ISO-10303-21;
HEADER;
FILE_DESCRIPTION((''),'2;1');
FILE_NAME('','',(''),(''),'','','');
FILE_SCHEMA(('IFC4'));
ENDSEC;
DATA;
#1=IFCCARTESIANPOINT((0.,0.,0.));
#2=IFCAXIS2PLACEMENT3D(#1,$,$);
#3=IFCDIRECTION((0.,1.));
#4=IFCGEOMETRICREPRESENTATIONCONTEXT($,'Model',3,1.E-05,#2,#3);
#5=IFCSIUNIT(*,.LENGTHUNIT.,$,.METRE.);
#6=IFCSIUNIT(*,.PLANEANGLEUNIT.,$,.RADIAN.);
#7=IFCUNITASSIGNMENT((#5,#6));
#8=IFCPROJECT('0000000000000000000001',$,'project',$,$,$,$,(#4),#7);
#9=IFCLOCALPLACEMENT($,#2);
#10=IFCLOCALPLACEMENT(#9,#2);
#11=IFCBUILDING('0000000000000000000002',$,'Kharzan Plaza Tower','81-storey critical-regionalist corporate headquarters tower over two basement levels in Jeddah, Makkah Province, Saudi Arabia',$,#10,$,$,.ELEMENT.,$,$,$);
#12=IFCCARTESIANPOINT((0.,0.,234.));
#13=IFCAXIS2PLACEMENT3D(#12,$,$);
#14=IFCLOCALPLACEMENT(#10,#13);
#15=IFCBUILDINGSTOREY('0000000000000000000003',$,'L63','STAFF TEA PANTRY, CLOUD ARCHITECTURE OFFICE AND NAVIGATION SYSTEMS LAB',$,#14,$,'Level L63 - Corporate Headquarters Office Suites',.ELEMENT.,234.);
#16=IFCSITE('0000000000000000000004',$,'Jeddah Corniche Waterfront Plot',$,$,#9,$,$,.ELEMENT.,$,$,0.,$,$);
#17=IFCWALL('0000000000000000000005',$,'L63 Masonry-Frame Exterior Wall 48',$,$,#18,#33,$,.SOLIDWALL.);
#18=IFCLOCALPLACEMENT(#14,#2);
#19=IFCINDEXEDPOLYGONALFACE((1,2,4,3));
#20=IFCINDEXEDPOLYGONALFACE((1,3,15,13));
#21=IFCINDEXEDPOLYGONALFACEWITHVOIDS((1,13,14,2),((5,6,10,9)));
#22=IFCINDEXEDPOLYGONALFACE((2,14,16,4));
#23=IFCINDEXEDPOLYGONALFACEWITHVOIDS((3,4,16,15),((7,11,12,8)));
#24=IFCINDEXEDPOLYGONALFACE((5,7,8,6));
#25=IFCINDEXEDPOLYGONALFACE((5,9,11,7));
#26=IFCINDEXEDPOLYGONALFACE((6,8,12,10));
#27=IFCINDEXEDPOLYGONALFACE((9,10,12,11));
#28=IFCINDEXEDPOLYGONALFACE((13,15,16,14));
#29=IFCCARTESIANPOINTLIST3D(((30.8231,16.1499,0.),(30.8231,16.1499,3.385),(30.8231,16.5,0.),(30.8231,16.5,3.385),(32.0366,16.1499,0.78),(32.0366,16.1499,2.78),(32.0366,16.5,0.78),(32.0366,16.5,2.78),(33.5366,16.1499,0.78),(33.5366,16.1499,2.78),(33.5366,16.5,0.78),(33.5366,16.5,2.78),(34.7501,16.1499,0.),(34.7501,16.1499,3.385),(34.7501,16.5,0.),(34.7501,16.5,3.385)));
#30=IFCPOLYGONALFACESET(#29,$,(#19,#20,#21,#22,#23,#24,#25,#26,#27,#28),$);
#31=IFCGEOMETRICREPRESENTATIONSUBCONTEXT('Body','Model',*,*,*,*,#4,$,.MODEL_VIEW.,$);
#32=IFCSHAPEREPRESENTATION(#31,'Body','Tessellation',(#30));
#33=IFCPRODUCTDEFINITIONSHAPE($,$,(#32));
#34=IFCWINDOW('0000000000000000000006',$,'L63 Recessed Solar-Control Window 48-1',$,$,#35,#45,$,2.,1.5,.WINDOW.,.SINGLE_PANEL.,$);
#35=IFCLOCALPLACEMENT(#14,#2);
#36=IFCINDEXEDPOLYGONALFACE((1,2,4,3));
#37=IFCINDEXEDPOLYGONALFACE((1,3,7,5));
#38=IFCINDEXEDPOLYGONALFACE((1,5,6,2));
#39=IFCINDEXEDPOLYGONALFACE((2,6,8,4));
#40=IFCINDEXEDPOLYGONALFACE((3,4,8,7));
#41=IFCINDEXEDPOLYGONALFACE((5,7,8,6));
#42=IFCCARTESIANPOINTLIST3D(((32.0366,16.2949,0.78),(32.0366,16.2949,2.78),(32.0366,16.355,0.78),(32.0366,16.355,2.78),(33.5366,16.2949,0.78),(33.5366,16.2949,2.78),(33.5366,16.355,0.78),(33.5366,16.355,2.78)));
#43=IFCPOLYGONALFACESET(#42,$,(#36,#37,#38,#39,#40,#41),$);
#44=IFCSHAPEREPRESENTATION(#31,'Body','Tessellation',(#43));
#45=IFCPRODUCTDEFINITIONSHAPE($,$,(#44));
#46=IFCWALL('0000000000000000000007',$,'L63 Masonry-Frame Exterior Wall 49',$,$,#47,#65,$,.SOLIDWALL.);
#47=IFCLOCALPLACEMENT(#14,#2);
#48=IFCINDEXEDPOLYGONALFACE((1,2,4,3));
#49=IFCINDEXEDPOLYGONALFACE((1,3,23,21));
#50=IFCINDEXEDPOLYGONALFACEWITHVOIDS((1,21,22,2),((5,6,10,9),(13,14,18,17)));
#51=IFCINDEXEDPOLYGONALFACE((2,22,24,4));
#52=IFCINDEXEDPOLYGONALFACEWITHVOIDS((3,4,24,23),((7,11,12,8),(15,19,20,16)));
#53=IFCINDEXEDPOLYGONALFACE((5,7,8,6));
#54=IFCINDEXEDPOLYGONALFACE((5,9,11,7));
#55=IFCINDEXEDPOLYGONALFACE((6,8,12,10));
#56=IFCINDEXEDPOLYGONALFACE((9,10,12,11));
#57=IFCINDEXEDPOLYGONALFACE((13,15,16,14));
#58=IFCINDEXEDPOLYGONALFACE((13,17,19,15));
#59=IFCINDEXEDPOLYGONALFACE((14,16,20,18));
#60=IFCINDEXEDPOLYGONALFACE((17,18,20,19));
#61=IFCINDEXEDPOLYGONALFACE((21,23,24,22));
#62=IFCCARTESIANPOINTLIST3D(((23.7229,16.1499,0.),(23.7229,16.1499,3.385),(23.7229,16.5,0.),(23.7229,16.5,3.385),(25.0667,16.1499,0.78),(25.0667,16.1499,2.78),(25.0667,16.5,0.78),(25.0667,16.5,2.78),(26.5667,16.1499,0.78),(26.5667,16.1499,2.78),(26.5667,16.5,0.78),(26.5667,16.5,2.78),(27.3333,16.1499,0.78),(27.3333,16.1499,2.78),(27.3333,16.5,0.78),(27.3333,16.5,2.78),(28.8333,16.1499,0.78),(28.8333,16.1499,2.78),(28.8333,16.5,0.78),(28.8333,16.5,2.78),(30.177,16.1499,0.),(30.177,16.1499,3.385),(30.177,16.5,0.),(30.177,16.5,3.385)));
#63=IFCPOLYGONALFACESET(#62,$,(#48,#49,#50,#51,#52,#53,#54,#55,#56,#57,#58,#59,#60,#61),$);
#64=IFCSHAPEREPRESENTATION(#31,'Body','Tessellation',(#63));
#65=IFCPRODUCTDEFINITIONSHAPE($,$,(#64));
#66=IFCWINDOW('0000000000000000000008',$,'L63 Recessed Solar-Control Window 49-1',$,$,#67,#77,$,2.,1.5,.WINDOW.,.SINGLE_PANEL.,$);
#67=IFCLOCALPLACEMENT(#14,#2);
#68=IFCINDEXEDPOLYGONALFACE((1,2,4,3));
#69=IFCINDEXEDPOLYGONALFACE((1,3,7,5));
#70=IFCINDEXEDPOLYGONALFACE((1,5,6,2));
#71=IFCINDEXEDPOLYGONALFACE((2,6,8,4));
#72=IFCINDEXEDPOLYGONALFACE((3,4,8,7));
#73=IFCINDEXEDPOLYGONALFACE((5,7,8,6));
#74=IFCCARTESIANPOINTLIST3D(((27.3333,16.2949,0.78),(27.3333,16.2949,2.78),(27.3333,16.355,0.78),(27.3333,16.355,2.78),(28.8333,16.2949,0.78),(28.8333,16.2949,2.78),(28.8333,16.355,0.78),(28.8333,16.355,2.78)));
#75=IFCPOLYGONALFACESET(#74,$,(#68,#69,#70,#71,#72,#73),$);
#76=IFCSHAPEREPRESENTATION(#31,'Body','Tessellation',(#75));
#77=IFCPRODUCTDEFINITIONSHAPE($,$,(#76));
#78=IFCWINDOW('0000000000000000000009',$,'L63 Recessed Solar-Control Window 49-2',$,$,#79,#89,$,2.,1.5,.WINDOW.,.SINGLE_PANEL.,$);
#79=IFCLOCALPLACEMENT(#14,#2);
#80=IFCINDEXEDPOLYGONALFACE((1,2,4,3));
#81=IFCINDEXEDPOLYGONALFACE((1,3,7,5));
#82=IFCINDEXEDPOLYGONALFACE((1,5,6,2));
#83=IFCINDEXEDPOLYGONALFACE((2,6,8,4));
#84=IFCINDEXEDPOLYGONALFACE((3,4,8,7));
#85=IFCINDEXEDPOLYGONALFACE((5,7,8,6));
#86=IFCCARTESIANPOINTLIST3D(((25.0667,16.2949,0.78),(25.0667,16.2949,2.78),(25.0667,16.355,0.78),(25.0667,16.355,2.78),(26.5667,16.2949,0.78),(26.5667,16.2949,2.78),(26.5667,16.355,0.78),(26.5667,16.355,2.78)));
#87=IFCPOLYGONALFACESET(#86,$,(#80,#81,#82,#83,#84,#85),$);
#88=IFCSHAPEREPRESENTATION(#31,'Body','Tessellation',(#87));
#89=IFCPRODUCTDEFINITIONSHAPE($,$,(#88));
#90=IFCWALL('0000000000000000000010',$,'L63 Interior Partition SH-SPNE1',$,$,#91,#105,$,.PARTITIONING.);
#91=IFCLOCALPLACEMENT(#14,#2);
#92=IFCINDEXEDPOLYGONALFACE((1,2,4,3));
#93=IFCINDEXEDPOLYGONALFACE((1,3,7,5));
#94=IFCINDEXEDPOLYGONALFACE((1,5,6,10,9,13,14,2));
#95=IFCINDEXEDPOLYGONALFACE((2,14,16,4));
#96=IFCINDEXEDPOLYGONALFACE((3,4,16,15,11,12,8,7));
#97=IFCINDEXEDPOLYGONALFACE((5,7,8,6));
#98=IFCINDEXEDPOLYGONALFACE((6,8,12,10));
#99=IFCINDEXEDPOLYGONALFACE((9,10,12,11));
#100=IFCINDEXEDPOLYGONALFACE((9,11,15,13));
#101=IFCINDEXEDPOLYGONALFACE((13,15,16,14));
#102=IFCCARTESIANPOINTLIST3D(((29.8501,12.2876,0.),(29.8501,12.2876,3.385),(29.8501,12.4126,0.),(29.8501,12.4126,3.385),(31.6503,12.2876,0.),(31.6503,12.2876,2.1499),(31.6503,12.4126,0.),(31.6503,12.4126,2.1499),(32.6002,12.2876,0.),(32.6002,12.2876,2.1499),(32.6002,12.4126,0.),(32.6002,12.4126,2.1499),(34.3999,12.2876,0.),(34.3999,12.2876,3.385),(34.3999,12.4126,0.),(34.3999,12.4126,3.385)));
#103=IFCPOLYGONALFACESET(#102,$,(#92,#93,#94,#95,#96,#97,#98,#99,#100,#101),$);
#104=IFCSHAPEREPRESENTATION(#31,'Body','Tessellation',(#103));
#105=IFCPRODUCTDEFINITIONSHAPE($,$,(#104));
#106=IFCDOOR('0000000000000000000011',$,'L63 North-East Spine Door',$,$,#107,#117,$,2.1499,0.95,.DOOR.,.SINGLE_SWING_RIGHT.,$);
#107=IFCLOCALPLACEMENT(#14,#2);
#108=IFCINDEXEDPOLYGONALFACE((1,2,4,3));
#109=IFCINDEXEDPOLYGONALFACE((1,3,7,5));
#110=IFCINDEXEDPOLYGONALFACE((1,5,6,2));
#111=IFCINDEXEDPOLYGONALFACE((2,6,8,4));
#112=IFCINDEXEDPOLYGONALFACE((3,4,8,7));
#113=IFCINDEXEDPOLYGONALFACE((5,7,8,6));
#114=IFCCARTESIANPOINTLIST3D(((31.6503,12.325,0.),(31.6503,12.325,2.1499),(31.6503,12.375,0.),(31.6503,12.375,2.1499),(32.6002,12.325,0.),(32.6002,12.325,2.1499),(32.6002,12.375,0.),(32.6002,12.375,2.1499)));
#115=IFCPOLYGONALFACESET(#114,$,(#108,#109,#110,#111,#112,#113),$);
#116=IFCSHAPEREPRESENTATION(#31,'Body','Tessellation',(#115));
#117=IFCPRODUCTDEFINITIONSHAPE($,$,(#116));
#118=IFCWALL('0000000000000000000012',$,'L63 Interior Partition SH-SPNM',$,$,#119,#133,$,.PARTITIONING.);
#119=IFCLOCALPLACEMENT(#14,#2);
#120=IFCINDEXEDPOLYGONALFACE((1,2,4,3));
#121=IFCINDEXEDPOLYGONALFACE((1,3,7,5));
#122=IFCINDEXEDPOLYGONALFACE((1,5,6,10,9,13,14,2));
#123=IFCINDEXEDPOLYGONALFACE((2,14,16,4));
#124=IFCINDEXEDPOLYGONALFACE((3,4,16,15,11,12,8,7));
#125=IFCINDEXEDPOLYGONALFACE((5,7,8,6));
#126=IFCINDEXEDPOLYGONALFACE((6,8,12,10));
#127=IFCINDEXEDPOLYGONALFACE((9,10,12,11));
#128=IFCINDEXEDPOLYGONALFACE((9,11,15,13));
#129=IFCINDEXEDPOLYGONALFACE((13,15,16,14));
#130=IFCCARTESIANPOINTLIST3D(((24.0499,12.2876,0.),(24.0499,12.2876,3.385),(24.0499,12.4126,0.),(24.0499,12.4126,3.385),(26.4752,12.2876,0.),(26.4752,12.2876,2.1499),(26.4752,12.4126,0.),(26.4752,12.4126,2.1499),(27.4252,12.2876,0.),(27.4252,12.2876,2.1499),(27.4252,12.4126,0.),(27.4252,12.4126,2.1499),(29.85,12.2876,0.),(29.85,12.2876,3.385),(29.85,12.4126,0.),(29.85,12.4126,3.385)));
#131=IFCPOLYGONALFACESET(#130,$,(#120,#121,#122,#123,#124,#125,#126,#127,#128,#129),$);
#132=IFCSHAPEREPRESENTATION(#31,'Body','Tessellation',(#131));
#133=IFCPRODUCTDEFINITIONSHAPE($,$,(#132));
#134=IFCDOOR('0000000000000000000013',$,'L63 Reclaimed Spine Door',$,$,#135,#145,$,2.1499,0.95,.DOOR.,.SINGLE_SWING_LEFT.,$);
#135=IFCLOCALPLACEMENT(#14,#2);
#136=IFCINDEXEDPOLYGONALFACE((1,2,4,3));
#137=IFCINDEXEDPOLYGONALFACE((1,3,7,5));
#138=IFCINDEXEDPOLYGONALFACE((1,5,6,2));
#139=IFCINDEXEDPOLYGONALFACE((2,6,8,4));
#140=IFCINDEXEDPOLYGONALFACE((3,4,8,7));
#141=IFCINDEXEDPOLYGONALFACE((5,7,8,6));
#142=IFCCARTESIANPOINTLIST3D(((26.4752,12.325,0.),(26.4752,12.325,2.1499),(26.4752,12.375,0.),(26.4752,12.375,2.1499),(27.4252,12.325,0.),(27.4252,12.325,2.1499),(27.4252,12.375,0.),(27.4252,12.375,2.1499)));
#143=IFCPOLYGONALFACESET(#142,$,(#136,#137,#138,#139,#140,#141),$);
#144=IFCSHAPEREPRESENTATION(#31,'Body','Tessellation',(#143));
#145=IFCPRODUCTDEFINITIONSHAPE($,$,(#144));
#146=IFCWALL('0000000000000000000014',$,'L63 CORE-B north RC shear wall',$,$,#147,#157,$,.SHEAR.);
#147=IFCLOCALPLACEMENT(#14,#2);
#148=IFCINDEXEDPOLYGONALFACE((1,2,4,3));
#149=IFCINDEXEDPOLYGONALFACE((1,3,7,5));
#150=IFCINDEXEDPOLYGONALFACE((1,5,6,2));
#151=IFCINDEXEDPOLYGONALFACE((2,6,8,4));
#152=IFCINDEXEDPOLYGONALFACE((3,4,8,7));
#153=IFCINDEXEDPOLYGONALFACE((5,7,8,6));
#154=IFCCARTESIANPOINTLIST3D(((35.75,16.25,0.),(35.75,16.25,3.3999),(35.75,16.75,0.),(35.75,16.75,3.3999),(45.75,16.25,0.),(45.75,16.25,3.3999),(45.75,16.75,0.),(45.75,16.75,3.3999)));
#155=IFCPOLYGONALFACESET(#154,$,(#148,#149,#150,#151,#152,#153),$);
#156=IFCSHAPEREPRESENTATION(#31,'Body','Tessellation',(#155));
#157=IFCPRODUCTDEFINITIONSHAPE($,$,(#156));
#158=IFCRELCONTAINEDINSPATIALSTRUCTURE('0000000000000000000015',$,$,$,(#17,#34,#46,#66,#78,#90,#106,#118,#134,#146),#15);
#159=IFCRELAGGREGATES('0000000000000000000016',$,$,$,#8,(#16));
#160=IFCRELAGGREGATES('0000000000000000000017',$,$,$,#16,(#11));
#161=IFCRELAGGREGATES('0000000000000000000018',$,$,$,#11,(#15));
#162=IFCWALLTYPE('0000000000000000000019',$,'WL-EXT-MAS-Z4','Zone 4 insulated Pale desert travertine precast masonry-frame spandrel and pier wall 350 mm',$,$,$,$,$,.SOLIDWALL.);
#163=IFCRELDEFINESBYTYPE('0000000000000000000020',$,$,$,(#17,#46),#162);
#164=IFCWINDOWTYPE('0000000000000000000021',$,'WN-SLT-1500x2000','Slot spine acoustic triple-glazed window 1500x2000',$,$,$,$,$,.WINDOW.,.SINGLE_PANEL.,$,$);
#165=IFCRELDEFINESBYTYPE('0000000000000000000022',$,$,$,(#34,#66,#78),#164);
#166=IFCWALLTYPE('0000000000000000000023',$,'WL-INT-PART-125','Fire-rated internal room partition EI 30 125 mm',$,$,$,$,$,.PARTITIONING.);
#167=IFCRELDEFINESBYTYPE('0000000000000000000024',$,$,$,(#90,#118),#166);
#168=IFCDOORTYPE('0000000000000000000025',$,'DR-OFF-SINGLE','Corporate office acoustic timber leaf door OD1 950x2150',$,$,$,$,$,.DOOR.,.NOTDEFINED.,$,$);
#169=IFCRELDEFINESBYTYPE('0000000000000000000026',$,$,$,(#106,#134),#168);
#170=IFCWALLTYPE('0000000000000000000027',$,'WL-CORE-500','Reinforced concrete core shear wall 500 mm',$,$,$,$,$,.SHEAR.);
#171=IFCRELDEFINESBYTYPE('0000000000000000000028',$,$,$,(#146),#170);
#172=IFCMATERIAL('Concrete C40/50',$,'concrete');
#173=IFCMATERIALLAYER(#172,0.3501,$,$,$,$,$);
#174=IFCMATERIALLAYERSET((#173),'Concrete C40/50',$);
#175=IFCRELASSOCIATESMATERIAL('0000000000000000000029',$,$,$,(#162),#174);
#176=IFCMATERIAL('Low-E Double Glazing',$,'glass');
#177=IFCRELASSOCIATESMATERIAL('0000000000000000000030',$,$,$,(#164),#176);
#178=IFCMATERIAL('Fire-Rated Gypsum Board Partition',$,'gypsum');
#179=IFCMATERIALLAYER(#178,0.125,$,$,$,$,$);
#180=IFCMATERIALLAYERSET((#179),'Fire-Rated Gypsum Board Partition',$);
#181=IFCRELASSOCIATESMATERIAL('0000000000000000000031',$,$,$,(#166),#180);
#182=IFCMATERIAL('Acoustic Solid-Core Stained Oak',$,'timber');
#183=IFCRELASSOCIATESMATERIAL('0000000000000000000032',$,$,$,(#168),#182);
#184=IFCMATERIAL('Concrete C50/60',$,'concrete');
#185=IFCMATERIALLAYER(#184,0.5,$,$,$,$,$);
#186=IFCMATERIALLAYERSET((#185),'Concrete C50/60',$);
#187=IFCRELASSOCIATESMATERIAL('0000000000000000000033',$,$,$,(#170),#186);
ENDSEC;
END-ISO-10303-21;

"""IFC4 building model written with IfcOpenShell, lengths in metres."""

from ifc_helpers import new_model, si_unit, direction, frame, frame_2d, origin, place, context, subcontext, project, spatial, rectangle, extrude, source, transform, mapped, material, layer, layer_set, type_object, element, fill, save


model = new_model("IFC4")

# Units and contexts
model_context = context("Model", 3, precision=1e-05, world=origin(), true_north=direction((0.0, 1.0)))
body_context = subcontext(model_context, "Body", "Model", "MODEL_VIEW")
ifc_project = project(units=[si_unit("LENGTHUNIT", "METRE"), si_unit("PLANEANGLEUNIT", "RADIAN")], contexts=[model_context])

# Site, building, storey
site_placement = place(None, origin())
site = spatial("IfcSite", under=ifc_project, at=site_placement, Name="Jeddah Corniche Waterfront Plot", CompositionType="ELEMENT", RefElevation=0.0)
building_placement = place(site_placement, origin())
building = spatial("IfcBuilding", under=site, at=building_placement, Name="Kharzan Plaza Tower", Description="81-storey critical-regionalist corporate headquarters tower over two basement levels in Jeddah, Makkah Province, Saudi Arabia", CompositionType="ELEMENT")
storey_placement = place(building_placement, frame((0.0, 0.0, 234.0)))
storey = spatial("IfcBuildingStorey", under=building, at=storey_placement, Name="L63", Description="STAFF TEA PANTRY, CLOUD ARCHITECTURE OFFICE AND NAVIGATION SYSTEMS LAB", LongName="Level L63 - Corporate Headquarters Office Suites", CompositionType="ELEMENT", Elevation=234.0)

# Shared definitions
ifc_material_1 = material(Name="Concrete C50/60", Category="concrete")

# Wall, opening, window
ifc_material_2 = material(Name="Concrete C40/50", Category="concrete")
ifc_layer_1 = layer(ifc_material_2, 0.3501)
ifc_layer_set_1 = layer_set([ifc_layer_1], Name="Concrete C40/50")
wall_type_1 = type_object("IfcWallType", Name="WL-EXT-MAS-Z4", Description="Zone 4 insulated Pale desert travertine precast masonry-frame spandrel and pier wall 350 mm", PredefinedType="SOLIDWALL", material=ifc_layer_set_1)
wall_1_placement = place(storey_placement, frame((34.75, 16.325, 0.0), z_axis=(0.0, 0.0, 1.0), x_axis=(-1.0, 0.0, 0.0)))
wall_1 = element("IfcWall", 1, at=wall_1_placement, inside=storey, type_object=wall_type_1, Name="L63 Masonry-Frame Exterior Wall 48", PredefinedType="SOLIDWALL", context=body_context, shape_type="SweptSolid", body=[
    extrude(rectangle(XDim=3.927, YDim=0.3501, at=frame_2d((1.9634, 0.0))), origin(), (0.0, 0.0, 1.0), 3.385),
])
opening_1_placement = place(wall_1_placement, frame((1.2134, 0.0, 0.78)))
opening_1 = element("IfcOpeningElement", 2, at=opening_1_placement, cuts=wall_1, PredefinedType="OPENING", context=body_context, shape_type="SweptSolid", body=[
    extrude(rectangle(XDim=1.5, YDim=2.0, at=frame_2d((0.75, 1.0))), frame((0.0, 0.1851, 0.0), z_axis=(0.0, -1.0, 0.0), x_axis=(1.0, 0.0, 0.0)), (0.0, 0.0, 1.0), 0.3701),
])
ifc_material_3 = material(Name="Low-E Double Glazing", Category="glass")
window_type = type_object("IfcWindowType", Name="WN-SLT-1500x2000", Description="Slot spine acoustic triple-glazed window 1500x2000", PartitioningType="SINGLE_PANEL", PredefinedType="WINDOW", material=ifc_material_3)
shared_shape_1 = source(origin(), body_context, "Body", "SweptSolid", [
    extrude(rectangle(XDim=1.5, YDim=2.0, at=frame_2d((0.75, 1.0))), frame((0.0, 0.03, 0.0), z_axis=(0.0, -1.0, 0.0), x_axis=(1.0, 0.0, 0.0)), (0.0, 0.0, 1.0), 0.0601),
])
window_1_placement = place(opening_1_placement, origin())
window_1 = element("IfcWindow", 3, at=window_1_placement, inside=storey, type_object=window_type, Name="L63 Recessed Solar-Control Window 48-1", OverallHeight=2.0, OverallWidth=1.5, PartitioningType="SINGLE_PANEL", PredefinedType="WINDOW", context=body_context, shape_type="MappedRepresentation", body=[
    mapped(shared_shape_1, transform((0.0, 0.0, 0.0), x_axis=(1.0, 0.0, 0.0), y_axis=(0.0, 1.0, 0.0), z_axis=(0.0, 0.0, 1.0))),
])
fill(opening_1, window_1)

# Wall, openings, windows
wall_2_placement = place(storey_placement, frame((30.177, 16.325, 0.0), z_axis=(0.0, 0.0, 1.0), x_axis=(-1.0, 0.0, 0.0)))
wall_2 = element("IfcWall", 4, at=wall_2_placement, inside=storey, type_object=wall_type_1, Name="L63 Masonry-Frame Exterior Wall 49", PredefinedType="SOLIDWALL", context=body_context, shape_type="SweptSolid", body=[
    extrude(rectangle(XDim=6.4541, YDim=0.3501, at=frame_2d((3.2271, 0.0))), origin(), (0.0, 0.0, 1.0), 3.385),
])
opening_2_placement = place(wall_2_placement, frame((1.3438, 0.0, 0.78)))
opening_2 = element("IfcOpeningElement", 5, at=opening_2_placement, cuts=wall_2, PredefinedType="OPENING", context=body_context, shape_type="SweptSolid", body=[
    extrude(rectangle(XDim=1.5, YDim=2.0, at=frame_2d((0.75, 1.0))), frame((0.0, 0.1851, 0.0), z_axis=(0.0, -1.0, 0.0), x_axis=(1.0, 0.0, 0.0)), (0.0, 0.0, 1.0), 0.3701),
])
opening_3_placement = place(wall_2_placement, frame((3.6104, 0.0, 0.78)))
opening_3 = element("IfcOpeningElement", 6, at=opening_3_placement, cuts=wall_2, PredefinedType="OPENING", context=body_context, shape_type="SweptSolid", body=[
    extrude(rectangle(XDim=1.5, YDim=2.0, at=frame_2d((0.75, 1.0))), frame((0.0, 0.1851, 0.0), z_axis=(0.0, -1.0, 0.0), x_axis=(1.0, 0.0, 0.0)), (0.0, 0.0, 1.0), 0.3701),
])
window_2_placement = place(opening_2_placement, origin())
window_2 = element("IfcWindow", 7, at=window_2_placement, inside=storey, type_object=window_type, Name="L63 Recessed Solar-Control Window 49-1", OverallHeight=2.0, OverallWidth=1.5, PartitioningType="SINGLE_PANEL", PredefinedType="WINDOW", context=body_context, shape_type="MappedRepresentation", body=[
    mapped(shared_shape_1, transform((0.0, 0.0, 0.0), x_axis=(1.0, 0.0, 0.0), y_axis=(0.0, 1.0, 0.0), z_axis=(0.0, 0.0, 1.0))),
])
fill(opening_2, window_2)
window_3_placement = place(opening_3_placement, origin())
window_3 = element("IfcWindow", 8, at=window_3_placement, inside=storey, type_object=window_type, Name="L63 Recessed Solar-Control Window 49-2", OverallHeight=2.0, OverallWidth=1.5, PartitioningType="SINGLE_PANEL", PredefinedType="WINDOW", context=body_context, shape_type="MappedRepresentation", body=[
    mapped(shared_shape_1, transform((0.0, 0.0, 0.0), x_axis=(1.0, 0.0, 0.0), y_axis=(0.0, 1.0, 0.0), z_axis=(0.0, 0.0, 1.0))),
])
fill(opening_3, window_3)

# Walls, openings, doors
ifc_material_4 = material(Name="Fire-Rated Gypsum Board Partition", Category="gypsum")
ifc_layer_2 = layer(ifc_material_4, 0.125)
ifc_layer_set_2 = layer_set([ifc_layer_2], Name="Fire-Rated Gypsum Board Partition")
wall_type_2 = type_object("IfcWallType", Name="WL-INT-PART-125", Description="Fire-rated internal room partition EI 30 125 mm", PredefinedType="PARTITIONING", material=ifc_layer_set_2)
wall_3_placement = place(storey_placement, frame((29.8501, 12.3501, 0.0), z_axis=(0.0, 0.0, 1.0), x_axis=(1.0, 0.0, 0.0)))
wall_3 = element("IfcWall", 9, at=wall_3_placement, inside=storey, type_object=wall_type_2, Name="L63 Interior Partition SH-SPNE1", PredefinedType="PARTITIONING", context=body_context, shape_type="SweptSolid", body=[
    extrude(rectangle(XDim=4.5498, YDim=0.125, at=frame_2d((2.2749, 0.0))), origin(), (0.0, 0.0, 1.0), 3.385),
])
opening_4_placement = place(wall_3_placement, frame((1.8, 0.0, 0.0)))
opening_4 = element("IfcOpeningElement", 10, at=opening_4_placement, cuts=wall_3, PredefinedType="OPENING", context=body_context, shape_type="SweptSolid", body=[
    extrude(rectangle(XDim=0.95, YDim=2.1499, at=frame_2d((0.4751, 1.075))), frame((0.0, 0.0725, 0.0), z_axis=(0.0, -1.0, 0.0), x_axis=(1.0, 0.0, 0.0)), (0.0, 0.0, 1.0), 0.145),
])
ifc_material_5 = material(Name="Acoustic Solid-Core Stained Oak", Category="timber")
door_type = type_object("IfcDoorType", Name="DR-OFF-SINGLE", Description="Corporate office acoustic timber leaf door OD1 950x2150", OperationType="NOTDEFINED", PredefinedType="DOOR", material=ifc_material_5)
shared_shape_2 = source(origin(), body_context, "Body", "SweptSolid", [
    extrude(rectangle(XDim=0.95, YDim=2.1499, at=frame_2d((0.4751, 1.075))), frame((0.0, 0.0249, 0.0), z_axis=(0.0, -1.0, 0.0), x_axis=(1.0, 0.0, 0.0)), (0.0, 0.0, 1.0), 0.05),
])
door_1_placement = place(opening_4_placement, origin())
door_1 = element("IfcDoor", 11, at=door_1_placement, inside=storey, type_object=door_type, Name="L63 North-East Spine Door", OperationType="SINGLE_SWING_RIGHT", OverallHeight=2.1499, OverallWidth=0.95, PredefinedType="DOOR", context=body_context, shape_type="MappedRepresentation", body=[
    mapped(shared_shape_2, transform((0.0, 0.0, 0.0), x_axis=(1.0, 0.0, 0.0), y_axis=(0.0, 1.0, 0.0), z_axis=(0.0, 0.0, 1.0))),
])
fill(opening_4, door_1)
wall_4_placement = place(storey_placement, frame((24.05, 12.3501, 0.0), z_axis=(0.0, 0.0, 1.0), x_axis=(1.0, 0.0, 0.0)))
wall_4 = element("IfcWall", 12, at=wall_4_placement, inside=storey, type_object=wall_type_2, Name="L63 Interior Partition SH-SPNM", PredefinedType="PARTITIONING", context=body_context, shape_type="SweptSolid", body=[
    extrude(rectangle(XDim=5.8, YDim=0.125, at=frame_2d((2.8999, 0.0))), origin(), (0.0, 0.0, 1.0), 3.385),
])
opening_5_placement = place(wall_4_placement, frame((2.425, 0.0, 0.0)))
opening_5 = element("IfcOpeningElement", 13, at=opening_5_placement, cuts=wall_4, PredefinedType="OPENING", context=body_context, shape_type="SweptSolid", body=[
    extrude(rectangle(XDim=0.95, YDim=2.1499, at=frame_2d((0.4751, 1.075))), frame((0.0, 0.0725, 0.0), z_axis=(0.0, -1.0, 0.0), x_axis=(1.0, 0.0, 0.0)), (0.0, 0.0, 1.0), 0.145),
])
door_2_placement = place(opening_5_placement, origin())
door_2 = element("IfcDoor", 14, at=door_2_placement, inside=storey, type_object=door_type, Name="L63 Reclaimed Spine Door", OperationType="SINGLE_SWING_LEFT", OverallHeight=2.1499, OverallWidth=0.95, PredefinedType="DOOR", context=body_context, shape_type="MappedRepresentation", body=[
    mapped(shared_shape_2, transform((0.0, 0.0, 0.0), x_axis=(1.0, 0.0, 0.0), y_axis=(0.0, 1.0, 0.0), z_axis=(0.0, 0.0, 1.0))),
])
fill(opening_5, door_2)

# Wall
ifc_layer_3 = layer(ifc_material_1, 0.5)
ifc_layer_set_3 = layer_set([ifc_layer_3], Name="Concrete C50/60")
wall_type_3 = type_object("IfcWallType", Name="WL-CORE-500", Description="Reinforced concrete core shear wall 500 mm", PredefinedType="SHEAR", material=ifc_layer_set_3)
shared_shape_3 = source(origin(), body_context, "Body", "SweptSolid", [
    extrude(rectangle(XDim=10.0, YDim=0.5, at=frame_2d((5.0, 0.0))), origin(), (0.0, 0.0, 1.0), 3.3999),
])
wall_5_placement = place(storey_placement, frame((35.75, 16.5, 0.0), z_axis=(0.0, 0.0, 1.0), x_axis=(1.0, 0.0, 0.0)))
element("IfcWall", 15, at=wall_5_placement, inside=storey, type_object=wall_type_3, Name="L63 CORE-B north RC shear wall", PredefinedType="SHEAR", context=body_context, shape_type="MappedRepresentation", body=[
    mapped(shared_shape_3, transform((0.0, 0.0, 0.0), x_axis=(1.0, 0.0, 0.0), y_axis=(0.0, 1.0, 0.0), z_axis=(0.0, 0.0, 1.0))),
])

save(model, "model.ifc")
